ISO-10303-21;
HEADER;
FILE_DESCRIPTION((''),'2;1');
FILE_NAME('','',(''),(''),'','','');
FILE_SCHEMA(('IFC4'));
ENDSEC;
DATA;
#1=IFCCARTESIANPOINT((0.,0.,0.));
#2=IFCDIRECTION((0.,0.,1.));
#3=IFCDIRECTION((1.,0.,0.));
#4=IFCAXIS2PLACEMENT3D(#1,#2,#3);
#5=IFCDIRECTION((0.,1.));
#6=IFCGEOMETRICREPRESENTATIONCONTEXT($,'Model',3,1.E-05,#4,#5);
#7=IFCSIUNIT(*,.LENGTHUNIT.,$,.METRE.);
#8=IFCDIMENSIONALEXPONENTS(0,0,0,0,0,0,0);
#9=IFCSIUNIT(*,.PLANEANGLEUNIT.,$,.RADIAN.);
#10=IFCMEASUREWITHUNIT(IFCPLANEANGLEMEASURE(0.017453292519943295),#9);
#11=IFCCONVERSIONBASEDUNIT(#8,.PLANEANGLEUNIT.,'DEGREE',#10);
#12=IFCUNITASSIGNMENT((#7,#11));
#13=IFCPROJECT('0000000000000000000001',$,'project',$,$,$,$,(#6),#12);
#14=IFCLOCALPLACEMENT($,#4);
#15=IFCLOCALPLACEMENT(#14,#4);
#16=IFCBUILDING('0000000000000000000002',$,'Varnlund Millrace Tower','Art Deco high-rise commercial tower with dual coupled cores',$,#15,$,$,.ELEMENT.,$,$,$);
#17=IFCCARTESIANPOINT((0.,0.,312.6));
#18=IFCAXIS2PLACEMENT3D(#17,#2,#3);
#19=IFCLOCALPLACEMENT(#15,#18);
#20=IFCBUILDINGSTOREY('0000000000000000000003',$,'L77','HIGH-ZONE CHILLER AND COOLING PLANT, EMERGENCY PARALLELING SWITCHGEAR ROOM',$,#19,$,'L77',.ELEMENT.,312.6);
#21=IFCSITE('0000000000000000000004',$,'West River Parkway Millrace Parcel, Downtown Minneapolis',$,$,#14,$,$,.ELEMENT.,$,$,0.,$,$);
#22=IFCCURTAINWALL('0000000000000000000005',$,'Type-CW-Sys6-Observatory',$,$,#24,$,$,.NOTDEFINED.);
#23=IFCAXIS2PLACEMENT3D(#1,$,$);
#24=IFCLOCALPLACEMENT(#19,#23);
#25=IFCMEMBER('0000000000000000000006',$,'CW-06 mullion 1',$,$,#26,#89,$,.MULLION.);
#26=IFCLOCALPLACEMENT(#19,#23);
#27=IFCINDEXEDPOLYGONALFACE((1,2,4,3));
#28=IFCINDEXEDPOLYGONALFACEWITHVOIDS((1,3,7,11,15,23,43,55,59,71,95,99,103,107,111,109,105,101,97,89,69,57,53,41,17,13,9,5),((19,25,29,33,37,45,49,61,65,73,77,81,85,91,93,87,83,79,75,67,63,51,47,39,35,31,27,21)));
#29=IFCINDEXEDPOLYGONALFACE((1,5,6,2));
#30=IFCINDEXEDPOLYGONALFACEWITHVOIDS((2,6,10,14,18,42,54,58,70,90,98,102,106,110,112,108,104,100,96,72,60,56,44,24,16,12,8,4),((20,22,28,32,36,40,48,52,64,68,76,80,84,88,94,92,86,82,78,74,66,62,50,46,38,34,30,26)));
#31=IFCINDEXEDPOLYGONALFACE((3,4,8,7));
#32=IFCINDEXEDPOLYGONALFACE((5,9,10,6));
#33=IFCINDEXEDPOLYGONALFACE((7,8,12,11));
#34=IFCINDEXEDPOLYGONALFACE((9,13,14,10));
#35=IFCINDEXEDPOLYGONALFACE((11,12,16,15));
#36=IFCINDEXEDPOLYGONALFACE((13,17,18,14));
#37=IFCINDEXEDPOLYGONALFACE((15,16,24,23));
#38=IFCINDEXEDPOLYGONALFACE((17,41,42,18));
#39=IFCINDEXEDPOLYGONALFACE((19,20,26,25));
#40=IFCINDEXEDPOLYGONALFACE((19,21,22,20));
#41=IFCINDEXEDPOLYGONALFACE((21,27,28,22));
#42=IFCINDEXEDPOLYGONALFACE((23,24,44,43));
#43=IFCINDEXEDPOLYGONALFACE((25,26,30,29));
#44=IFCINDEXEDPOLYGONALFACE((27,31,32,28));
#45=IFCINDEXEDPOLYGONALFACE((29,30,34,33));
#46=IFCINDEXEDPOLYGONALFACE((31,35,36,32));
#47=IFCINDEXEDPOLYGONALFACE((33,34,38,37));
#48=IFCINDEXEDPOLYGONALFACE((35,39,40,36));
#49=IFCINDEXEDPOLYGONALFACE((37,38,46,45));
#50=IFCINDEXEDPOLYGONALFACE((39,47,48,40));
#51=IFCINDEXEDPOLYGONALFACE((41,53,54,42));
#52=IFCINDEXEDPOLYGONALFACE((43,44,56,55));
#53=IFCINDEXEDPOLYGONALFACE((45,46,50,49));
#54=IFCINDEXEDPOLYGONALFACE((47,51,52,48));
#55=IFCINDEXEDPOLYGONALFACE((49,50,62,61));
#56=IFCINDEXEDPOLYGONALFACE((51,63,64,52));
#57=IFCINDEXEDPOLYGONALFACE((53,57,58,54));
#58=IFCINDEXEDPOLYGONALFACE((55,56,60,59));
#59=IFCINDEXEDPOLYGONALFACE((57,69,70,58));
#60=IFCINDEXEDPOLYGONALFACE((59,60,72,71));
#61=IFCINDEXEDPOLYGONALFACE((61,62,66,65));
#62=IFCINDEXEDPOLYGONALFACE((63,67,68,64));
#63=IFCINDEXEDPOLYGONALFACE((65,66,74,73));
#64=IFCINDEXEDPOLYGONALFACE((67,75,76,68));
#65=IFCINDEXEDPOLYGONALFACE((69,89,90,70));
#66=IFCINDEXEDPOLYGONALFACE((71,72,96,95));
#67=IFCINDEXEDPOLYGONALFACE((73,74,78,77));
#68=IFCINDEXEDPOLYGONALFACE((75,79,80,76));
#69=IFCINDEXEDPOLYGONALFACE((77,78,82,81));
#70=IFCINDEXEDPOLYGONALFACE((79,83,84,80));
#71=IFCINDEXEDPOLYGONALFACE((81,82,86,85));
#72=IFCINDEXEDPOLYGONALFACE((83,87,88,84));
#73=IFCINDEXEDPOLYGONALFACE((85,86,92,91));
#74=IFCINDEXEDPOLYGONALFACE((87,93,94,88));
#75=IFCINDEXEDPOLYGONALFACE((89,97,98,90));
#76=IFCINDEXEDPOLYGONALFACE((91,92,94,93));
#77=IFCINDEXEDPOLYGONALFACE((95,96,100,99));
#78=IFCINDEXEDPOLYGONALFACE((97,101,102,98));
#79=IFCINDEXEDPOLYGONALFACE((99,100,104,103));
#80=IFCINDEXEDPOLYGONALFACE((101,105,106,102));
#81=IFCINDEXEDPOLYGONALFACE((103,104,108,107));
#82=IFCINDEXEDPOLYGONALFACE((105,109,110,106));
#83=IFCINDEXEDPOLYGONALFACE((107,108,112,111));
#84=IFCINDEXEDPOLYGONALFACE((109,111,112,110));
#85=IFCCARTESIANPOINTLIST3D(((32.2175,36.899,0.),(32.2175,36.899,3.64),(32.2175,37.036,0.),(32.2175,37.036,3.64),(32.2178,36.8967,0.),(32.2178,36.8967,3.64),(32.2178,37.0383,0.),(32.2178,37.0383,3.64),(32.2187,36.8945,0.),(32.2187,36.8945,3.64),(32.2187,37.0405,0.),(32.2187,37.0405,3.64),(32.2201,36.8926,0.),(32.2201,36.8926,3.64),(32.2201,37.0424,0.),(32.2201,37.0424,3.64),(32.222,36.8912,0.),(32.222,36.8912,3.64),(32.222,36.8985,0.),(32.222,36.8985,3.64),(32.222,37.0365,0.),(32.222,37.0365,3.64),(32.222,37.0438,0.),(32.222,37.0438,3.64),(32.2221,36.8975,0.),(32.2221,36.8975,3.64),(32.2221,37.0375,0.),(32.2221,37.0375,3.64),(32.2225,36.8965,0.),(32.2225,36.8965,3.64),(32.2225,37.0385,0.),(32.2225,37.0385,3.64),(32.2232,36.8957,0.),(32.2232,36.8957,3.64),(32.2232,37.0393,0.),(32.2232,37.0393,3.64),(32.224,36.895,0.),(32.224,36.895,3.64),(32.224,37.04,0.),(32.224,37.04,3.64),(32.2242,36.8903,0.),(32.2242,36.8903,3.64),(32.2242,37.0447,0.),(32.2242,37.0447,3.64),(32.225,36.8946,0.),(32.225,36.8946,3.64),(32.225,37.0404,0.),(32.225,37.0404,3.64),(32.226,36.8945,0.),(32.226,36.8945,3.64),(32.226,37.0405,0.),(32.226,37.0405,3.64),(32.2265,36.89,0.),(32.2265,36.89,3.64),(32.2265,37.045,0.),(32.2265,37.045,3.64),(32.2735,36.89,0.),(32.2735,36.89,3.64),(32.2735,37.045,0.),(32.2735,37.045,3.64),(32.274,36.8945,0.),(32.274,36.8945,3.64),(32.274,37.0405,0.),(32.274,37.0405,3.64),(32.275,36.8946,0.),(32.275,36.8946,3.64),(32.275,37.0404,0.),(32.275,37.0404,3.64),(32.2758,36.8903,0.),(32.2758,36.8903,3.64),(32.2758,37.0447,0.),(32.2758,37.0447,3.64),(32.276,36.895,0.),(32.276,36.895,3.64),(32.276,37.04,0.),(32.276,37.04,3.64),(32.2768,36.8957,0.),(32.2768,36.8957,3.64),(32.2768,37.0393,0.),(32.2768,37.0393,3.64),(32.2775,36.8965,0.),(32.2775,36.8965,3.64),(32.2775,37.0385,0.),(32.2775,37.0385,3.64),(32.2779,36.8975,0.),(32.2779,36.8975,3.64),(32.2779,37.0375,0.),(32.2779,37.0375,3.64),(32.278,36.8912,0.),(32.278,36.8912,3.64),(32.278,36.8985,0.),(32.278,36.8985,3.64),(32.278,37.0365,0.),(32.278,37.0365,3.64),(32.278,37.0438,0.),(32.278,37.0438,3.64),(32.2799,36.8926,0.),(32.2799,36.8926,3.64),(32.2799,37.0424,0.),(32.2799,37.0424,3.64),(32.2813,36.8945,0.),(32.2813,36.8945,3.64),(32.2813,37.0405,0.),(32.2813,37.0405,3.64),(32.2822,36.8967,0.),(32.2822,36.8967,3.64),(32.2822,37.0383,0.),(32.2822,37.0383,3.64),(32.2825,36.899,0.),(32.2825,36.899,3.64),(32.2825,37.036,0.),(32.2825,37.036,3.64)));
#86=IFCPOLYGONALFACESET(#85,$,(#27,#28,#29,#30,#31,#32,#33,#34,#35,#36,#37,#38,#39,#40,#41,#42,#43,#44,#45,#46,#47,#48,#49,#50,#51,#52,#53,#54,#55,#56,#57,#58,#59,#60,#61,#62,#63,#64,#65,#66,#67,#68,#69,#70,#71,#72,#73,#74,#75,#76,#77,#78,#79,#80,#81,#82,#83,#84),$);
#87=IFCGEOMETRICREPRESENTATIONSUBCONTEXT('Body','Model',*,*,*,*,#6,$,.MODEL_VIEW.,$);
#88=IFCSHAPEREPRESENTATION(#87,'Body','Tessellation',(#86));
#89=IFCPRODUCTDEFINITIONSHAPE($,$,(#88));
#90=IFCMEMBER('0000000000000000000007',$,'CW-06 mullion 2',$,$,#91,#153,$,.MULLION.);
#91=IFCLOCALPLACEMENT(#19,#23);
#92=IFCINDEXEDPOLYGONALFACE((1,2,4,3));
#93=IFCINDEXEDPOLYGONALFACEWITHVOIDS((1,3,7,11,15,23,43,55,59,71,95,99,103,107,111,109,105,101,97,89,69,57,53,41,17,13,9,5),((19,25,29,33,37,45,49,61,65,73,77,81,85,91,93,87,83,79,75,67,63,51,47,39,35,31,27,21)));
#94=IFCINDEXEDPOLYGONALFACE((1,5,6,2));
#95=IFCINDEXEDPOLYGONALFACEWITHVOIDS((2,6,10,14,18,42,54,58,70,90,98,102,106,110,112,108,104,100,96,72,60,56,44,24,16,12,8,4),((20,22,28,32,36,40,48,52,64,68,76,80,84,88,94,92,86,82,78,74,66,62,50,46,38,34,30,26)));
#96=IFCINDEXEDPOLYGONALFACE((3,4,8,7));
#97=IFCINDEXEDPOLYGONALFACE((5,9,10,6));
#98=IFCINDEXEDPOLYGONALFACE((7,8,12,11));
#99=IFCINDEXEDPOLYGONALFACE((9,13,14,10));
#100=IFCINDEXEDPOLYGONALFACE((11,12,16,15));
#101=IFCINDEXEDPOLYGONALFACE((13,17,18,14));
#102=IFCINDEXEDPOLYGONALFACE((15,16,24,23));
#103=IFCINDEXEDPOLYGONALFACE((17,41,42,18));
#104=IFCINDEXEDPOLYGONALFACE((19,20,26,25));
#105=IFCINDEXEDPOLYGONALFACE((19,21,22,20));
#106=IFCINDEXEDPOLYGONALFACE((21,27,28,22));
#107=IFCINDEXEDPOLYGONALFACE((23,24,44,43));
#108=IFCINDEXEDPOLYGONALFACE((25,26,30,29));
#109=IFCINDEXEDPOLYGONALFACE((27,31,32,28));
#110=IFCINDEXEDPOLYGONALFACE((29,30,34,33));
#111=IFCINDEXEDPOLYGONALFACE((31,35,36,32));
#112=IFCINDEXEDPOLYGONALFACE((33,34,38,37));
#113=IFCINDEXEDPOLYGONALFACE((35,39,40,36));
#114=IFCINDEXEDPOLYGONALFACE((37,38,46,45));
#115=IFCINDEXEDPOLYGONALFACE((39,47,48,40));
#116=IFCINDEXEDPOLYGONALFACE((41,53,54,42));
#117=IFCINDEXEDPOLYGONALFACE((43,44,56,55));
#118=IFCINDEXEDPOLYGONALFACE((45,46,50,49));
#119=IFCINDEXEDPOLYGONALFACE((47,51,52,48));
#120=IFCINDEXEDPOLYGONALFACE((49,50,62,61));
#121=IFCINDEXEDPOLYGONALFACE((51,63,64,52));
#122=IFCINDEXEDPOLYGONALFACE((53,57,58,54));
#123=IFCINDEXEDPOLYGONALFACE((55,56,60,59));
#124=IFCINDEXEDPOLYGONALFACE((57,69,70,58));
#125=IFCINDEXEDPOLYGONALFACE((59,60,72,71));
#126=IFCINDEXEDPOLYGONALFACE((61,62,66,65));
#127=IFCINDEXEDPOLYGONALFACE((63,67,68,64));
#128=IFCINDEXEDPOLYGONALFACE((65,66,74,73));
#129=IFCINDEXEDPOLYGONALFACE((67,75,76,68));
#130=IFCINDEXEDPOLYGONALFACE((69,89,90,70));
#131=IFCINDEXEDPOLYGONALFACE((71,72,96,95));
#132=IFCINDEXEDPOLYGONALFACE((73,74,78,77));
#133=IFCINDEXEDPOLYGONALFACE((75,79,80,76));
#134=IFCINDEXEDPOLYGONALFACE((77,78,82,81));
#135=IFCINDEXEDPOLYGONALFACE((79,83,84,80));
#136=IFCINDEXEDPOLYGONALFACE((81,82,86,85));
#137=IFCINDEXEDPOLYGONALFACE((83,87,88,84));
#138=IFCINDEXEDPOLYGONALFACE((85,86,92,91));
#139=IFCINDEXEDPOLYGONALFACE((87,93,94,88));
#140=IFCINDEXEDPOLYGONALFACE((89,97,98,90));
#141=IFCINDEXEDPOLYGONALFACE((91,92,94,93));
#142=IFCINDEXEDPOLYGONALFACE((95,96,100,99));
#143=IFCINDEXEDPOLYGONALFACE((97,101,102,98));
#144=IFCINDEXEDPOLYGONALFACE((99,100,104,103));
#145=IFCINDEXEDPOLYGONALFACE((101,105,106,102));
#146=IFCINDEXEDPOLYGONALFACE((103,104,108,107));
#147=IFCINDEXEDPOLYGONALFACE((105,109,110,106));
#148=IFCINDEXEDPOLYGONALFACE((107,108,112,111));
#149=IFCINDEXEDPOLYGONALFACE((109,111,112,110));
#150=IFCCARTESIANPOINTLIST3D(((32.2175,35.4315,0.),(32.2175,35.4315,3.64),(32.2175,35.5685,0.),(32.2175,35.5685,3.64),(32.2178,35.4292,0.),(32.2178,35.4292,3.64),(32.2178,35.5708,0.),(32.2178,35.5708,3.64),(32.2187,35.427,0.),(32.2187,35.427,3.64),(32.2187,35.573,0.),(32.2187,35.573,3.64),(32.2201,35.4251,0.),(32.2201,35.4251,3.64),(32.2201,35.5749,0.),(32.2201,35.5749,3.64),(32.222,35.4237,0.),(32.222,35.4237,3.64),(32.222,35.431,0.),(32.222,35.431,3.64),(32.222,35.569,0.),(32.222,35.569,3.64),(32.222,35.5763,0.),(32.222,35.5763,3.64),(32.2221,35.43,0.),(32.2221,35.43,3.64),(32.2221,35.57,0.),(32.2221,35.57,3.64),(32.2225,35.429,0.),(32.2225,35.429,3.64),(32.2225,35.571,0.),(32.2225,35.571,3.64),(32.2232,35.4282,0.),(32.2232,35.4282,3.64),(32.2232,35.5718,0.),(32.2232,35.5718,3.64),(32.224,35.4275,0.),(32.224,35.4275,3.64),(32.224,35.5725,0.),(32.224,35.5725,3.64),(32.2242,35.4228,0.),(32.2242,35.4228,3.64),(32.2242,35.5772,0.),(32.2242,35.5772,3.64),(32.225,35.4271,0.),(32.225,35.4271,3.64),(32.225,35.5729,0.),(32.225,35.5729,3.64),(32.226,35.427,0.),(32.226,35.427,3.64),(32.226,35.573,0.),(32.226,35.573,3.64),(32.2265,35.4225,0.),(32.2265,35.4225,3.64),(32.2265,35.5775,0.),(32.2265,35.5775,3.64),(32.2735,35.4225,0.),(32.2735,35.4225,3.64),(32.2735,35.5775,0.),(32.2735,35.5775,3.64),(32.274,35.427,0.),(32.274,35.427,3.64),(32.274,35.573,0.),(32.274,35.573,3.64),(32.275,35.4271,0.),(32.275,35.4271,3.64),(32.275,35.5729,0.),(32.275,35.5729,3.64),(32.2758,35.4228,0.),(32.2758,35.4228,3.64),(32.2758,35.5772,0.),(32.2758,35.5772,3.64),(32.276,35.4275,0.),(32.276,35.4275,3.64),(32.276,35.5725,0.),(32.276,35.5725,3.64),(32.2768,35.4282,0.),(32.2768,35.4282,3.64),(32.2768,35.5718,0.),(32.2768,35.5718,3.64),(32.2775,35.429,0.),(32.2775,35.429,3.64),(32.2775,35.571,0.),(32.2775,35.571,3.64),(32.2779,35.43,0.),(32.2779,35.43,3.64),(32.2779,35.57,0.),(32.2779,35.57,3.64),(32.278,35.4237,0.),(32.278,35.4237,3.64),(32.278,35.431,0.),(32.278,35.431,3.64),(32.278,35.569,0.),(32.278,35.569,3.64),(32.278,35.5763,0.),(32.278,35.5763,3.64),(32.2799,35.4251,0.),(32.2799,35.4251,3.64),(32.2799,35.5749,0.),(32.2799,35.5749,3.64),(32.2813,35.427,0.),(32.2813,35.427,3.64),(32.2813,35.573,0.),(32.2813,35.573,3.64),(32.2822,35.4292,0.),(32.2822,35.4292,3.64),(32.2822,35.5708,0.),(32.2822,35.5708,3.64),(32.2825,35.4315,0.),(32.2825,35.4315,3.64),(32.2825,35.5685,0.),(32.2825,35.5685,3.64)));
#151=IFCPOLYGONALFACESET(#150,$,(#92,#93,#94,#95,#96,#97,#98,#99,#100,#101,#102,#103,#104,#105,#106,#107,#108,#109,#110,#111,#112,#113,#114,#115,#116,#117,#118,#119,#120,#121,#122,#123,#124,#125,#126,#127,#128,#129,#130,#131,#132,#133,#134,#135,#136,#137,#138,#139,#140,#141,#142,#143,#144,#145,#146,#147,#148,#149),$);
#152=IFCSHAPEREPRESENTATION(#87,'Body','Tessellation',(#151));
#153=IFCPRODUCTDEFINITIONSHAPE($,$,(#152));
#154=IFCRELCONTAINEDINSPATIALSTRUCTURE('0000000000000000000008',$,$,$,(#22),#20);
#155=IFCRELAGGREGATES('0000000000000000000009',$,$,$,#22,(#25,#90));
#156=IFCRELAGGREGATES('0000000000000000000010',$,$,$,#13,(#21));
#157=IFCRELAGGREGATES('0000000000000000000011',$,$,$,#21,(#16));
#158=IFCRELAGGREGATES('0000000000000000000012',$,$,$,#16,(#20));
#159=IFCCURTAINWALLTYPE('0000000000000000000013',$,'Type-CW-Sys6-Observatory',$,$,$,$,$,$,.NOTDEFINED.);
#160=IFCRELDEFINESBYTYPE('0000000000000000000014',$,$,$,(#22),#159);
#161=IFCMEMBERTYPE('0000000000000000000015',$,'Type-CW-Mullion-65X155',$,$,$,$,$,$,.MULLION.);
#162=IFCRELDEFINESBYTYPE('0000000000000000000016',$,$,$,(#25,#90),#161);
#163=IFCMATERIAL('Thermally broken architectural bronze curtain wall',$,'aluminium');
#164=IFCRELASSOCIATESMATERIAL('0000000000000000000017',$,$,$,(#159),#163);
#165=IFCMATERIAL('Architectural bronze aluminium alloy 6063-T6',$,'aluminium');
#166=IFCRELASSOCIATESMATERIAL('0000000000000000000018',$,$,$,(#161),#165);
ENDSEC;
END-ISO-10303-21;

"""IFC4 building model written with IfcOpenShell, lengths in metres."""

from ifc_helpers import new_model, entity, si_unit, converted_unit, direction, frame, origin_with_axes, origin_2d_with_axis, place, context, subcontext, project, spatial, hollow_rectangle, extrude, material, material_profile, profile_set, type_object, element, aggregate, save


model = new_model("IFC4")

# Units and contexts
model_context = context("Model", 3, precision=1e-05, world=origin_with_axes(), true_north=direction((0.0, 1.0)))
body_context = subcontext(model_context, "Body", "Model", "MODEL_VIEW")
ifc_project = project(units=[si_unit("LENGTHUNIT", "METRE"), converted_unit("PLANEANGLEUNIT", "DEGREE", entity("IfcPlaneAngleMeasure", 0.017453292519943295), si_unit("PLANEANGLEUNIT", "RADIAN"), dimensions=[0, 0, 0, 0, 0, 0, 0])], contexts=[model_context])

# Site, building, storey
site_placement = place(None, origin_with_axes())
site = spatial("IfcSite", under=ifc_project, at=site_placement, Name="West River Parkway Millrace Parcel, Downtown Minneapolis", CompositionType="ELEMENT", RefElevation=0.0)
building_placement = place(site_placement, origin_with_axes())
building = spatial("IfcBuilding", under=site, at=building_placement, Name="Varnlund Millrace Tower", Description="Art Deco high-rise commercial tower with dual coupled cores", CompositionType="ELEMENT")
storey_placement = place(building_placement, frame((0.0, 0.0, 312.6), z_axis=(0.0, 0.0, 1.0), x_axis=(1.0, 0.0, 0.0)))
storey = spatial("IfcBuildingStorey", under=building, at=storey_placement, Name="L77", Description="HIGH-ZONE CHILLER AND COOLING PLANT, EMERGENCY PARALLELING SWITCHGEAR ROOM", LongName="L77", CompositionType="ELEMENT", Elevation=312.6)

# Curtain wall, members
ifc_material_1 = material(Name="Thermally broken architectural bronze curtain wall", Category="aluminium")
curtain_wall_type = type_object("IfcCurtainWallType", Name="Type-CW-Sys6-Observatory", PredefinedType="NOTDEFINED", material=ifc_material_1)
curtain_wall_1_placement = place(storey_placement, frame((32.25, 37.0, 0.0), z_axis=(0.0, 0.0, 1.0), x_axis=(1.0, 0.0, 0.0)))
curtain_wall_1 = element("IfcCurtainWall", 1, at=curtain_wall_1_placement, inside=storey, type_object=curtain_wall_type, Name="Type-CW-Sys6-Observatory", PredefinedType="NOTDEFINED")
ifc_material_2 = material(Name="Architectural bronze aluminium alloy 6063-T6", Category="aluminium")
ifc_material_profile_1 = material_profile(ifc_material_2, hollow_rectangle(XDim=0.065, YDim=0.155, WallThickness=0.0045, InnerFilletRadius=0.004, OuterFilletRadius=0.009, at=origin_2d_with_axis()), Name="Architectural bronze aluminium alloy 6063-T6")
ifc_profile_set_1 = profile_set([ifc_material_profile_1], Name="Architectural bronze aluminium alloy 6063-T6")
member_type = type_object("IfcMemberType", Name="Type-CW-Mullion-65X155", PredefinedType="MULLION", material=ifc_profile_set_1)
member_1_placement = place(storey_placement, frame((32.25, 36.9675, 0.0), z_axis=(0.0, 0.0, 1.0), x_axis=(1.0, 0.0, 0.0)))
member_1 = element("IfcMember", 2, at=member_1_placement, type_object=member_type, Name="CW-06 mullion 1", PredefinedType="MULLION", context=body_context, shape_type="SweptSolid", body=[
    extrude(hollow_rectangle(XDim=0.065, YDim=0.155, WallThickness=0.0045, InnerFilletRadius=0.004, OuterFilletRadius=0.009, at=origin_2d_with_axis()), origin_with_axes(), (0.0, 0.0, 1.0), 3.64),
])
member_2_placement = place(storey_placement, frame((32.25, 35.5, 0.0), z_axis=(0.0, 0.0, 1.0), x_axis=(1.0, 0.0, 0.0)))
member_2 = element("IfcMember", 3, at=member_2_placement, type_object=member_type, Name="CW-06 mullion 2", PredefinedType="MULLION", context=body_context, shape_type="SweptSolid", body=[
    extrude(hollow_rectangle(XDim=0.065, YDim=0.155, WallThickness=0.0045, InnerFilletRadius=0.004, OuterFilletRadius=0.009, at=origin_2d_with_axis()), origin_with_axes(), (0.0, 0.0, 1.0), 3.64),
])
aggregate(curtain_wall_1, [member_1, member_2])

save(model, "model.ifc")
